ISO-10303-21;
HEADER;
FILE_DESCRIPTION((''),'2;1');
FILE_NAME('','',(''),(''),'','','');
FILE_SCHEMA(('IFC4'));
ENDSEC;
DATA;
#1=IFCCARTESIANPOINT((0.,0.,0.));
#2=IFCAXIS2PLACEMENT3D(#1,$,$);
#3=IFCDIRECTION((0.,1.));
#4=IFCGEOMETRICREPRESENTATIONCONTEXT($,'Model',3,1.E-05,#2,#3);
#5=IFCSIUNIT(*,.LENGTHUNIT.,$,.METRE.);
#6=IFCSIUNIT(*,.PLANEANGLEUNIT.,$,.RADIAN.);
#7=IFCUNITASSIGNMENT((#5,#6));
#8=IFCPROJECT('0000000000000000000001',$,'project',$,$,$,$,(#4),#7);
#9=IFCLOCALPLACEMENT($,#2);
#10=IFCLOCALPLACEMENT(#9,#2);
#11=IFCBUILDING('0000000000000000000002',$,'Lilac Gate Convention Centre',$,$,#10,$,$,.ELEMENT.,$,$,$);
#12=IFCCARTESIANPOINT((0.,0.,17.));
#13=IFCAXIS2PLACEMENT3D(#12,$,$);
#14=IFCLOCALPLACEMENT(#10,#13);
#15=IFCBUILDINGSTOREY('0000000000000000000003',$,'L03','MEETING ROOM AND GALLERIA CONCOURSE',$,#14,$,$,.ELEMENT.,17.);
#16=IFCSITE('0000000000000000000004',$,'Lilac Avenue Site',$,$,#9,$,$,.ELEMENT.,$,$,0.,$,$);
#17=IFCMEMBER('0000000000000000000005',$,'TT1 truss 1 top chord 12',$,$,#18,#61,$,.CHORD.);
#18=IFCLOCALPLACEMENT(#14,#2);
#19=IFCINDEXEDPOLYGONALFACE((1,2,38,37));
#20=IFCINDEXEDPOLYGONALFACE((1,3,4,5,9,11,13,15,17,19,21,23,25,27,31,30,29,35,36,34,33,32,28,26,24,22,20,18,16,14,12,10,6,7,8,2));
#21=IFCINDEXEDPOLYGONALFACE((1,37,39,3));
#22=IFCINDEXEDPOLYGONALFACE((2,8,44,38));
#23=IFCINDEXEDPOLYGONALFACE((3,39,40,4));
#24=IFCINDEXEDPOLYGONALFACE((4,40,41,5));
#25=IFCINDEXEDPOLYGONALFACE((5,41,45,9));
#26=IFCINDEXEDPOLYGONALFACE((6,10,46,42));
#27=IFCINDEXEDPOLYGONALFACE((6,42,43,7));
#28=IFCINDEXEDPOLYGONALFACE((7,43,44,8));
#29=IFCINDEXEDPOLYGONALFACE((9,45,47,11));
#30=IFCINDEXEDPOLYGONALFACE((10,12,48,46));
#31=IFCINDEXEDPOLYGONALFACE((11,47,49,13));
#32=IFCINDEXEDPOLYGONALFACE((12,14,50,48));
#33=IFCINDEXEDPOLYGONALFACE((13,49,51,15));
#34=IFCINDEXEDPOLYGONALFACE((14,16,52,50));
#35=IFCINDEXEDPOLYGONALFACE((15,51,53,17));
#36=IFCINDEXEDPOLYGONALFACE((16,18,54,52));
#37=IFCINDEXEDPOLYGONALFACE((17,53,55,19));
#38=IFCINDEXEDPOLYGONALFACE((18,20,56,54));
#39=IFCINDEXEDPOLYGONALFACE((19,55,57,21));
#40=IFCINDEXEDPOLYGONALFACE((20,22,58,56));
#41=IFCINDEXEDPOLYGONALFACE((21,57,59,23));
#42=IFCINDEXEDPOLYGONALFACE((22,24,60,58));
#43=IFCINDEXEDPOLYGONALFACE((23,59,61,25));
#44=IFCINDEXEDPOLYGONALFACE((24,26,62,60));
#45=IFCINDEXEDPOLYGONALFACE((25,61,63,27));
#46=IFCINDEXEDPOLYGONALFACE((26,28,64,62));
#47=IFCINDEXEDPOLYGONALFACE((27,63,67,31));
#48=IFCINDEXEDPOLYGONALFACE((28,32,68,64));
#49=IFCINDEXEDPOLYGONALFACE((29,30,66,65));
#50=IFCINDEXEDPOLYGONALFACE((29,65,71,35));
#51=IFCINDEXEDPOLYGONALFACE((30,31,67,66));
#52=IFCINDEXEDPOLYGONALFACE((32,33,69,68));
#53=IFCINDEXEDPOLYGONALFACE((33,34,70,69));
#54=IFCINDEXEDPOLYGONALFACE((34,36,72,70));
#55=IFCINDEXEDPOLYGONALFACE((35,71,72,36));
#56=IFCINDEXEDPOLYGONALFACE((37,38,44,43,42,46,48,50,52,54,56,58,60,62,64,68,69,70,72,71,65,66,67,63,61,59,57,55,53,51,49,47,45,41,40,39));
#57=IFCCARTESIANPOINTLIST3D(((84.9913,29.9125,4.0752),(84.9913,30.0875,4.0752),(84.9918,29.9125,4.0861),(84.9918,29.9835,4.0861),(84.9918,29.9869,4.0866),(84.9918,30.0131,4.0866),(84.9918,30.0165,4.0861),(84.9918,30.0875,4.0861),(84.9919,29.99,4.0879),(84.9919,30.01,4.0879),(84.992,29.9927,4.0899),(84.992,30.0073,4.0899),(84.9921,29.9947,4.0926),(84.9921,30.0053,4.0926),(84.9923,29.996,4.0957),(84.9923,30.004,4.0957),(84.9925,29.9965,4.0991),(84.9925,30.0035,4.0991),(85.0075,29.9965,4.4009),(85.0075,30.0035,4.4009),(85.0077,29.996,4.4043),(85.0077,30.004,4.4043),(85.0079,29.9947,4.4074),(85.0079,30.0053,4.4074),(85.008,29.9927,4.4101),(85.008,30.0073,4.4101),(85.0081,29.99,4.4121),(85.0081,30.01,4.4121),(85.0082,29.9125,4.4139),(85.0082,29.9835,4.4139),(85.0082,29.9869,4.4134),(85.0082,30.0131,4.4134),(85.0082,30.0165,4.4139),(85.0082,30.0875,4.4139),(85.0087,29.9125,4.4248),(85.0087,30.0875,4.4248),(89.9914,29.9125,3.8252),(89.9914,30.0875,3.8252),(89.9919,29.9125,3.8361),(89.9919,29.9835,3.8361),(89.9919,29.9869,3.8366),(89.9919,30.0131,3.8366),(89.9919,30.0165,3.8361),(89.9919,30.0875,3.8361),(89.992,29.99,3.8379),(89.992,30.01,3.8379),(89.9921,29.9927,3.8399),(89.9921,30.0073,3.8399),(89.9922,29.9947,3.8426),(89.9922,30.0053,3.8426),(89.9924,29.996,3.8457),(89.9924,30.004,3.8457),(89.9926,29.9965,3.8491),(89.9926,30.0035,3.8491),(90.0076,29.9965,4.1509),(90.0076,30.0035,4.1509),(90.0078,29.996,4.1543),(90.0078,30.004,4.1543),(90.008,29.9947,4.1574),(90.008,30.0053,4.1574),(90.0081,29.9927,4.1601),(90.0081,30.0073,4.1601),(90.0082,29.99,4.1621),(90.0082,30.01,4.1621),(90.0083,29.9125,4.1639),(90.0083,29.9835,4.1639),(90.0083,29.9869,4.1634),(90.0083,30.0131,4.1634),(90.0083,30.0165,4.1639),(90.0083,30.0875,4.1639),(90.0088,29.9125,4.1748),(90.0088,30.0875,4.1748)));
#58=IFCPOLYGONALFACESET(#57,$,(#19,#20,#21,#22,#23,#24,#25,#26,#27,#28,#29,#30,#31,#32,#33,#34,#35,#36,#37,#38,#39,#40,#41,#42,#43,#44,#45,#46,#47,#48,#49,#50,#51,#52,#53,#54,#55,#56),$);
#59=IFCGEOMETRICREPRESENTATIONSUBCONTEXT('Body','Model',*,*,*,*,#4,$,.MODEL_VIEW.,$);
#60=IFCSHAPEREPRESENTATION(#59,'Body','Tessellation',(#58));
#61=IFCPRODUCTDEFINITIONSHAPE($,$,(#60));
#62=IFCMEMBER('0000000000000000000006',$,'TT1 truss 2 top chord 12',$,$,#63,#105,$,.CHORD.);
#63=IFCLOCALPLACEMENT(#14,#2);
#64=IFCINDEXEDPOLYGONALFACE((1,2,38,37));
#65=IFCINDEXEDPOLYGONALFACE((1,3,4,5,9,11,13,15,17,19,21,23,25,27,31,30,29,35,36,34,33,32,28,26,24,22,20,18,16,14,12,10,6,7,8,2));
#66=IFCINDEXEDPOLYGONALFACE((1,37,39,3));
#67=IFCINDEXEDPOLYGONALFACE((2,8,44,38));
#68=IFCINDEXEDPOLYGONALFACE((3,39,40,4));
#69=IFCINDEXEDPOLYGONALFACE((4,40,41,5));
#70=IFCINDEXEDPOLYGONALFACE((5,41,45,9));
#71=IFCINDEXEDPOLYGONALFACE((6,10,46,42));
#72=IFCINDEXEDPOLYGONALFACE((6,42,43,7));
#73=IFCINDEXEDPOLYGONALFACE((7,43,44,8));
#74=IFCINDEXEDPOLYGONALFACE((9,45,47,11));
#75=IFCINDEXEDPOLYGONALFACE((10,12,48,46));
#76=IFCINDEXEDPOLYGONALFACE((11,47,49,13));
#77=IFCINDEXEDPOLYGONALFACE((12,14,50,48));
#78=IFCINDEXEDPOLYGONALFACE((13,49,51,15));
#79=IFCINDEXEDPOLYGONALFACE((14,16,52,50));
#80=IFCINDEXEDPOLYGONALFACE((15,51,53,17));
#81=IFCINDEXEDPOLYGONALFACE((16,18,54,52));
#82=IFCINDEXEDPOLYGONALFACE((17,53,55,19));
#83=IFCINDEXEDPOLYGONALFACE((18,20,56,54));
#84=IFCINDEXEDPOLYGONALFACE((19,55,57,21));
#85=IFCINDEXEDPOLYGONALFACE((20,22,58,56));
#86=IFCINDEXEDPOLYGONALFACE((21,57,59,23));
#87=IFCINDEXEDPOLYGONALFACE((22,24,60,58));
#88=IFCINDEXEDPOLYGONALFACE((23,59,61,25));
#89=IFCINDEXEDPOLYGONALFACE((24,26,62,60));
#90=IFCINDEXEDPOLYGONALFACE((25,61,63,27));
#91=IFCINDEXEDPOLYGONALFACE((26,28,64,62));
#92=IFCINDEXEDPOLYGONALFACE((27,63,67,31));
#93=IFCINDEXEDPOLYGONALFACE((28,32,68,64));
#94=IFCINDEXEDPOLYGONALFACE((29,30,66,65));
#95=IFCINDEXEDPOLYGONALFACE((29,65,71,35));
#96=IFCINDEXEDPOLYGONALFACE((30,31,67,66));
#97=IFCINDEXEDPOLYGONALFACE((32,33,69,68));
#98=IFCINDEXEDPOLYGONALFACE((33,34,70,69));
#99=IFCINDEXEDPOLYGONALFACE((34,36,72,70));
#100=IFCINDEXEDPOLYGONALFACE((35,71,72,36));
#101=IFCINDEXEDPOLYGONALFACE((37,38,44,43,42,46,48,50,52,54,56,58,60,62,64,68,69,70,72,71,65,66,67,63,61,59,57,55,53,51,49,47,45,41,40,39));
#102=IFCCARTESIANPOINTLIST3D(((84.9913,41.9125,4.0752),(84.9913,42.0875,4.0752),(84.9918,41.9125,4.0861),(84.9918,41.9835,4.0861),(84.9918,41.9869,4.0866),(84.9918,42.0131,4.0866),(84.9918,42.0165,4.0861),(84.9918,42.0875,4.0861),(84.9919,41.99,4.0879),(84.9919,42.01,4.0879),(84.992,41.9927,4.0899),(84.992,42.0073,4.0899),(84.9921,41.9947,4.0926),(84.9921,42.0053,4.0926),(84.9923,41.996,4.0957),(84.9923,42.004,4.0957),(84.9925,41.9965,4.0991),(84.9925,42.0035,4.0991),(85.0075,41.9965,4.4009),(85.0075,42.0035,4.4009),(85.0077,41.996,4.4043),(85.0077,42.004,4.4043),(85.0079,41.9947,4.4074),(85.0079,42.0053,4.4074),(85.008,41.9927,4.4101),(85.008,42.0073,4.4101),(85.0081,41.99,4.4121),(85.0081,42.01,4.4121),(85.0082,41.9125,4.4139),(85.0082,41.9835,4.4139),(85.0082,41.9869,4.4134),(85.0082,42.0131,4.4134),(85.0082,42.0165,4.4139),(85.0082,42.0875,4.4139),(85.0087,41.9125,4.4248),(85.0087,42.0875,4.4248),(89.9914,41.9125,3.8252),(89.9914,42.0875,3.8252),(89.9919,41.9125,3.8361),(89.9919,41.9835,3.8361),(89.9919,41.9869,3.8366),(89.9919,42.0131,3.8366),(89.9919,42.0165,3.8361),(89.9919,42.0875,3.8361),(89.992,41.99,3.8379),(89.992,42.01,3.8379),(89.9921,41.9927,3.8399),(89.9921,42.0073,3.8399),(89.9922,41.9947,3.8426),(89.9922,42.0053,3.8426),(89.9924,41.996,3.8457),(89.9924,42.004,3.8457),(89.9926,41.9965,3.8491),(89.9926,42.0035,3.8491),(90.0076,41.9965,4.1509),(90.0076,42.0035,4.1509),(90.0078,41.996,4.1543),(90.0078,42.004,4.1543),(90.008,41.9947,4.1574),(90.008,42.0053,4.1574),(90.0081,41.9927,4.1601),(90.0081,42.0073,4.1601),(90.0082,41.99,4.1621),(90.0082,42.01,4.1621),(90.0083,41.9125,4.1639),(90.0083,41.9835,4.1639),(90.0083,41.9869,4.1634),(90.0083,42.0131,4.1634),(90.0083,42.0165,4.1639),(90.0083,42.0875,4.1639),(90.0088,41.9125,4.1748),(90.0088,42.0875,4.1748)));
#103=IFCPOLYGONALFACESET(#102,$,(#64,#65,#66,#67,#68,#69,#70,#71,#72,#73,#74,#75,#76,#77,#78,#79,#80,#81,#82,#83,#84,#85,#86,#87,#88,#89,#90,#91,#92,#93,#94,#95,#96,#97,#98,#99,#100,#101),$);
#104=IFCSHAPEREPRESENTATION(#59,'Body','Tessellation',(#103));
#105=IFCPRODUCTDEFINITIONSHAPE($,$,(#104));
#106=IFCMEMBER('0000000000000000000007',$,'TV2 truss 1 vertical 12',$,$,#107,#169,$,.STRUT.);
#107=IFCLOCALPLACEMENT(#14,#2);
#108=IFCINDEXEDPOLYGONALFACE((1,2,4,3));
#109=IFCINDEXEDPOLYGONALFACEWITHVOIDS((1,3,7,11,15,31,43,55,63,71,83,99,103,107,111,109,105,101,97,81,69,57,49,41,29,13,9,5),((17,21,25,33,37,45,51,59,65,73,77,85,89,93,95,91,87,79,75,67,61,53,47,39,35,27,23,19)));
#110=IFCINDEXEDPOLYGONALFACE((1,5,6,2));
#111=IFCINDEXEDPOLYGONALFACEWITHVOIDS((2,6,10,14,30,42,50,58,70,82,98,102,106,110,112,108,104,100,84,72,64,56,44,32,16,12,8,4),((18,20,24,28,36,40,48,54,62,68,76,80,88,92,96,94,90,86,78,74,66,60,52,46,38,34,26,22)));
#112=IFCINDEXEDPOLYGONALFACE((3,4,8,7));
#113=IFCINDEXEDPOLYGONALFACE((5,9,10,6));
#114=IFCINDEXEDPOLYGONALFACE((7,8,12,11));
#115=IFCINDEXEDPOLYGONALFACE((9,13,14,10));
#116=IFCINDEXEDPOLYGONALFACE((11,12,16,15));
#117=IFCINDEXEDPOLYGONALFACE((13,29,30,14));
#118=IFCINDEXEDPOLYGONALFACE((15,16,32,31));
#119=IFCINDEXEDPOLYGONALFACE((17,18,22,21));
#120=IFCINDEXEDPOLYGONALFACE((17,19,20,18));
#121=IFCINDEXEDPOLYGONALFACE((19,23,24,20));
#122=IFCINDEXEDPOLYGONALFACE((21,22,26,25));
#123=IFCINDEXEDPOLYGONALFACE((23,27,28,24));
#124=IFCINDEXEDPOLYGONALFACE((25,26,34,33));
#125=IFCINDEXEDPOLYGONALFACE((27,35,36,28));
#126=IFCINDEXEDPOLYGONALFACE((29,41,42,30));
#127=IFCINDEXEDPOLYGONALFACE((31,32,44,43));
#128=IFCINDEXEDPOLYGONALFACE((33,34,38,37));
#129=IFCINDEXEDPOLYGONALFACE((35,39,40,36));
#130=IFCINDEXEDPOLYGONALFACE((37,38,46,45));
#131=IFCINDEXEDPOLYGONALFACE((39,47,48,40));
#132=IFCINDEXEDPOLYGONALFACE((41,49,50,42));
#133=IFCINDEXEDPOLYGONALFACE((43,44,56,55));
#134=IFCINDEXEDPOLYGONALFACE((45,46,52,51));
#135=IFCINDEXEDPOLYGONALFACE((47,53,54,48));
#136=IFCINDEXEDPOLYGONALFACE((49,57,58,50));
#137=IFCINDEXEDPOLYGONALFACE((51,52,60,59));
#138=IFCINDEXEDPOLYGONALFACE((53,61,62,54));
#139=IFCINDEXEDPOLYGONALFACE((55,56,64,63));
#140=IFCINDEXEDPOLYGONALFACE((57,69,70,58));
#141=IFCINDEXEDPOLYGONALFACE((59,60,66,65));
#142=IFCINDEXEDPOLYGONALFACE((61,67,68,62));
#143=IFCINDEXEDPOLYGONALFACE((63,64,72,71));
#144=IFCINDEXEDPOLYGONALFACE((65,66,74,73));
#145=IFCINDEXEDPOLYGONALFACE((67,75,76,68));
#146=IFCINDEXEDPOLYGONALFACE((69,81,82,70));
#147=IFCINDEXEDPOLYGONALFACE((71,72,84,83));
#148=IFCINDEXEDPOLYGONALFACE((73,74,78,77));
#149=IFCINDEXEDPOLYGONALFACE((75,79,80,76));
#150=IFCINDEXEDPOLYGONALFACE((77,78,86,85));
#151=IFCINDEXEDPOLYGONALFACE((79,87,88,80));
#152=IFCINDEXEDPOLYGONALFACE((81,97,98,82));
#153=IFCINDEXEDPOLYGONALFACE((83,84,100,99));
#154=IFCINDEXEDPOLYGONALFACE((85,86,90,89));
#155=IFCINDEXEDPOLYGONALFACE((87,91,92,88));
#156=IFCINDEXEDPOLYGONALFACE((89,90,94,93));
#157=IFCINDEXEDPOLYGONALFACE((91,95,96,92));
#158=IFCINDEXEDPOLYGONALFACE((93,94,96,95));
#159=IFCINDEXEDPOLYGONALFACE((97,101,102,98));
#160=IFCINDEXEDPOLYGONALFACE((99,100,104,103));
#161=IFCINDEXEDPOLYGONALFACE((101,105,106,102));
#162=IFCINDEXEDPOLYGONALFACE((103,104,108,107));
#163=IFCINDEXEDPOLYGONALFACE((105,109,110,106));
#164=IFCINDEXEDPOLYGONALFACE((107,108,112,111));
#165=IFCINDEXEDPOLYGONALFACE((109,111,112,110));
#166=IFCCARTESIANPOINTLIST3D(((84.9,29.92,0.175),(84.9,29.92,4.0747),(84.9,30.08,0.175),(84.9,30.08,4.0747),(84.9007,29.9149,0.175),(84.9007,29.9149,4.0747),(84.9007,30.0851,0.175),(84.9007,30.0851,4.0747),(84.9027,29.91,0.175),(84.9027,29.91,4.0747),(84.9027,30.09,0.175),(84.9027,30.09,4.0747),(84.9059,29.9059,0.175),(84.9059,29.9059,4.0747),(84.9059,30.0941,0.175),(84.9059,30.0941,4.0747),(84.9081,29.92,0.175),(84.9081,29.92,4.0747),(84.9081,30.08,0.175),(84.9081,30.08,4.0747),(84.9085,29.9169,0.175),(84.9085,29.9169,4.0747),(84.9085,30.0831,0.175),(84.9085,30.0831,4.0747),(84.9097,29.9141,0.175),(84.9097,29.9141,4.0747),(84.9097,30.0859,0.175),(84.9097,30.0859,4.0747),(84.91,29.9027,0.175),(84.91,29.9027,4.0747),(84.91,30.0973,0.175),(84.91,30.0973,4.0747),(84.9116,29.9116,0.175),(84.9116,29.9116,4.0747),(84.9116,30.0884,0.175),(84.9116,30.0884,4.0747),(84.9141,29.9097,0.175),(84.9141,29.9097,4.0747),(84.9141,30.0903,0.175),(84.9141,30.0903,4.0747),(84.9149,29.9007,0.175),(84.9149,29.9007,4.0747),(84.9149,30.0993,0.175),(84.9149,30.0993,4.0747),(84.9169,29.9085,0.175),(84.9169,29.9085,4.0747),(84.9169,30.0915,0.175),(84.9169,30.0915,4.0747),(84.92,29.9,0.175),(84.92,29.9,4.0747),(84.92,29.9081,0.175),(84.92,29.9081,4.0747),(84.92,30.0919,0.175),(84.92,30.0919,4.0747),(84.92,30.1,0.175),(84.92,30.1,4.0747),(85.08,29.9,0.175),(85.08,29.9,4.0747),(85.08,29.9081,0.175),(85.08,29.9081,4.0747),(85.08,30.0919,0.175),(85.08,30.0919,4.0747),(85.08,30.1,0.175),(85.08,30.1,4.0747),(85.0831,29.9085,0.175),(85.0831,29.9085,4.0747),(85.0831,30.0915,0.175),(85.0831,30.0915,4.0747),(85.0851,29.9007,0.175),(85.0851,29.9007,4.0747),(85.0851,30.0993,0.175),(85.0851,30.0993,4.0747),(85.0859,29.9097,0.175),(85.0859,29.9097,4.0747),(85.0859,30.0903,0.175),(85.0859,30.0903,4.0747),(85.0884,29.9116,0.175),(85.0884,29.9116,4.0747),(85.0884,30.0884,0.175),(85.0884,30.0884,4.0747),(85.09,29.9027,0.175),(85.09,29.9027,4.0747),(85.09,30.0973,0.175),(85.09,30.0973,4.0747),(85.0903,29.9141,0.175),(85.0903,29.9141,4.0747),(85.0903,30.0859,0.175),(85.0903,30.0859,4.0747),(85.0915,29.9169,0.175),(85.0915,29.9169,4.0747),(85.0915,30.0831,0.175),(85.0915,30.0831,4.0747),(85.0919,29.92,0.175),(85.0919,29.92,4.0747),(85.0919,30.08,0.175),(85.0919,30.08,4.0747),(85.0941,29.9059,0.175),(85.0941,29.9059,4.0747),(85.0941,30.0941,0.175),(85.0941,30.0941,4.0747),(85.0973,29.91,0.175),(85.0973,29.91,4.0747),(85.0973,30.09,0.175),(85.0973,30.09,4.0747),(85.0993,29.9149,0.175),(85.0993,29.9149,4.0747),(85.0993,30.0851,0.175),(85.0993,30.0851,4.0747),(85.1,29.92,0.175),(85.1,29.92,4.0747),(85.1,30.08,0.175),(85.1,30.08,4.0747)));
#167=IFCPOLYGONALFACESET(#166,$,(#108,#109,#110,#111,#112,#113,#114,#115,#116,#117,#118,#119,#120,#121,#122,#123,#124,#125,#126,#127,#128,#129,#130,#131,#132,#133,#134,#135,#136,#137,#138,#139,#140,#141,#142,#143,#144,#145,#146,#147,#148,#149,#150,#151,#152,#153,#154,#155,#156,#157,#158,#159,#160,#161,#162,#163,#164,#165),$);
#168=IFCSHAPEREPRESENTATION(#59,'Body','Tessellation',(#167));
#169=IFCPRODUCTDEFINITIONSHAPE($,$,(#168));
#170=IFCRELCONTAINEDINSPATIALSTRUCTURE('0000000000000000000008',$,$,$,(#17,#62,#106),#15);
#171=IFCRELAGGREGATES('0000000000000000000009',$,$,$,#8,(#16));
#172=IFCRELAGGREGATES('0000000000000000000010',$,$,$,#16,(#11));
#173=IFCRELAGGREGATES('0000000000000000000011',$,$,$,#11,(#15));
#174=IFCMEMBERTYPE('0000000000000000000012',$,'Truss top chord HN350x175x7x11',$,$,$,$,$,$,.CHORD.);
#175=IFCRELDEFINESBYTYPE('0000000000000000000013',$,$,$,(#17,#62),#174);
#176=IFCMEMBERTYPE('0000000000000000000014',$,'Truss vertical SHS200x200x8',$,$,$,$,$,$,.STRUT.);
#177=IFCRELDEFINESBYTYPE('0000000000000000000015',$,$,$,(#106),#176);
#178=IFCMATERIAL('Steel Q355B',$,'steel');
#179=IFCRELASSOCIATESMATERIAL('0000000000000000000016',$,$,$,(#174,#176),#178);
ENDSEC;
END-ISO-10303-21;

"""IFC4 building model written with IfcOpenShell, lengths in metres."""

from ifc_helpers import new_model, si_unit, direction, frame, origin, origin_2d, place, context, subcontext, project, spatial, hollow_rectangle, i_section, extrude, material, material_profile, profile_set, type_object, element, save


model = new_model("IFC4")

# Units and contexts
model_context = context("Model", 3, precision=1e-05, world=origin(), true_north=direction((0.0, 1.0)))
body_context = subcontext(model_context, "Body", "Model", "MODEL_VIEW")
ifc_project = project(units=[si_unit("LENGTHUNIT", "METRE"), si_unit("PLANEANGLEUNIT", "RADIAN")], contexts=[model_context])

# Site, building, storey
site_placement = place(None, origin())
site = spatial("IfcSite", under=ifc_project, at=site_placement, Name="Lilac Avenue Site", CompositionType="ELEMENT", RefElevation=0.0)
building_placement = place(site_placement, origin())
building = spatial("IfcBuilding", under=site, at=building_placement, Name="Lilac Gate Convention Centre", CompositionType="ELEMENT")
storey_placement = place(building_placement, frame((0.0, 0.0, 17.0)))
storey = spatial("IfcBuildingStorey", under=building, at=storey_placement, Name="L03", Description="MEETING ROOM AND GALLERIA CONCOURSE", CompositionType="ELEMENT", Elevation=17.0)

# Members
ifc_material_1 = material(Name="Steel Q355B", Category="steel")
ifc_material_profile_1 = material_profile(ifc_material_1, i_section(OverallWidth=0.175, OverallDepth=0.3501, WebThickness=0.0071, FlangeThickness=0.011, FilletRadius=0.0129, at=origin_2d()), Name="HN350x175x7x11")
ifc_profile_set_1 = profile_set([ifc_material_profile_1], Name="Steel Q355B")
member_type_1 = type_object("IfcMemberType", Name="Truss top chord HN350x175x7x11", PredefinedType="CHORD", material=ifc_profile_set_1)
for number, where, z_axis, x_axis, name in (
    (1, (85.0, 30.0, 4.25), (0.998752, 0.0, -0.049938), (0.0, 1.0, 0.0), "TT1 truss 1 top chord 12"),
    (2, (85.0, 42.0, 4.25), (0.998752, 0.0, -0.049938), (0.0, 1.0, 0.0), "TT1 truss 2 top chord 12"),
):
    element("IfcMember", number, at=place(storey_placement, frame(where, z_axis=z_axis, x_axis=x_axis)), inside=storey, type_object=member_type_1, Name=name, PredefinedType="CHORD", context=body_context, shape_type="SweptSolid", body=[
        extrude(i_section(OverallWidth=0.175, OverallDepth=0.3501, WebThickness=0.0071, FlangeThickness=0.011, FilletRadius=0.0129, at=origin_2d()), origin(), (0.0, 0.0, 1.0), 5.0063),
    ])
ifc_material_profile_2 = material_profile(ifc_material_1, hollow_rectangle(XDim=0.2, YDim=0.2, WallThickness=0.0081, InnerFilletRadius=0.012, OuterFilletRadius=0.02, at=origin_2d()), Name="SHS200x200x8")
ifc_profile_set_2 = profile_set([ifc_material_profile_2], Name="Steel Q355B")
member_type_2 = type_object("IfcMemberType", Name="Truss vertical SHS200x200x8", PredefinedType="STRUT", material=ifc_profile_set_2)
for number, where, z_axis, x_axis, name in (
    (3, (85.0, 30.0, 0.175), (0.0, 0.0, 1.0), (1.0, 0.0, 0.0), "TV2 truss 1 vertical 12"),
):
    element("IfcMember", number, at=place(storey_placement, frame(where, z_axis=z_axis, x_axis=x_axis)), inside=storey, type_object=member_type_2, Name=name, PredefinedType="STRUT", context=body_context, shape_type="SweptSolid", body=[
        extrude(hollow_rectangle(XDim=0.2, YDim=0.2, WallThickness=0.0081, InnerFilletRadius=0.012, OuterFilletRadius=0.02, at=origin_2d()), origin(), (0.0, 0.0, 1.0), 3.8997),
    ])

save(model, "model.ifc")
